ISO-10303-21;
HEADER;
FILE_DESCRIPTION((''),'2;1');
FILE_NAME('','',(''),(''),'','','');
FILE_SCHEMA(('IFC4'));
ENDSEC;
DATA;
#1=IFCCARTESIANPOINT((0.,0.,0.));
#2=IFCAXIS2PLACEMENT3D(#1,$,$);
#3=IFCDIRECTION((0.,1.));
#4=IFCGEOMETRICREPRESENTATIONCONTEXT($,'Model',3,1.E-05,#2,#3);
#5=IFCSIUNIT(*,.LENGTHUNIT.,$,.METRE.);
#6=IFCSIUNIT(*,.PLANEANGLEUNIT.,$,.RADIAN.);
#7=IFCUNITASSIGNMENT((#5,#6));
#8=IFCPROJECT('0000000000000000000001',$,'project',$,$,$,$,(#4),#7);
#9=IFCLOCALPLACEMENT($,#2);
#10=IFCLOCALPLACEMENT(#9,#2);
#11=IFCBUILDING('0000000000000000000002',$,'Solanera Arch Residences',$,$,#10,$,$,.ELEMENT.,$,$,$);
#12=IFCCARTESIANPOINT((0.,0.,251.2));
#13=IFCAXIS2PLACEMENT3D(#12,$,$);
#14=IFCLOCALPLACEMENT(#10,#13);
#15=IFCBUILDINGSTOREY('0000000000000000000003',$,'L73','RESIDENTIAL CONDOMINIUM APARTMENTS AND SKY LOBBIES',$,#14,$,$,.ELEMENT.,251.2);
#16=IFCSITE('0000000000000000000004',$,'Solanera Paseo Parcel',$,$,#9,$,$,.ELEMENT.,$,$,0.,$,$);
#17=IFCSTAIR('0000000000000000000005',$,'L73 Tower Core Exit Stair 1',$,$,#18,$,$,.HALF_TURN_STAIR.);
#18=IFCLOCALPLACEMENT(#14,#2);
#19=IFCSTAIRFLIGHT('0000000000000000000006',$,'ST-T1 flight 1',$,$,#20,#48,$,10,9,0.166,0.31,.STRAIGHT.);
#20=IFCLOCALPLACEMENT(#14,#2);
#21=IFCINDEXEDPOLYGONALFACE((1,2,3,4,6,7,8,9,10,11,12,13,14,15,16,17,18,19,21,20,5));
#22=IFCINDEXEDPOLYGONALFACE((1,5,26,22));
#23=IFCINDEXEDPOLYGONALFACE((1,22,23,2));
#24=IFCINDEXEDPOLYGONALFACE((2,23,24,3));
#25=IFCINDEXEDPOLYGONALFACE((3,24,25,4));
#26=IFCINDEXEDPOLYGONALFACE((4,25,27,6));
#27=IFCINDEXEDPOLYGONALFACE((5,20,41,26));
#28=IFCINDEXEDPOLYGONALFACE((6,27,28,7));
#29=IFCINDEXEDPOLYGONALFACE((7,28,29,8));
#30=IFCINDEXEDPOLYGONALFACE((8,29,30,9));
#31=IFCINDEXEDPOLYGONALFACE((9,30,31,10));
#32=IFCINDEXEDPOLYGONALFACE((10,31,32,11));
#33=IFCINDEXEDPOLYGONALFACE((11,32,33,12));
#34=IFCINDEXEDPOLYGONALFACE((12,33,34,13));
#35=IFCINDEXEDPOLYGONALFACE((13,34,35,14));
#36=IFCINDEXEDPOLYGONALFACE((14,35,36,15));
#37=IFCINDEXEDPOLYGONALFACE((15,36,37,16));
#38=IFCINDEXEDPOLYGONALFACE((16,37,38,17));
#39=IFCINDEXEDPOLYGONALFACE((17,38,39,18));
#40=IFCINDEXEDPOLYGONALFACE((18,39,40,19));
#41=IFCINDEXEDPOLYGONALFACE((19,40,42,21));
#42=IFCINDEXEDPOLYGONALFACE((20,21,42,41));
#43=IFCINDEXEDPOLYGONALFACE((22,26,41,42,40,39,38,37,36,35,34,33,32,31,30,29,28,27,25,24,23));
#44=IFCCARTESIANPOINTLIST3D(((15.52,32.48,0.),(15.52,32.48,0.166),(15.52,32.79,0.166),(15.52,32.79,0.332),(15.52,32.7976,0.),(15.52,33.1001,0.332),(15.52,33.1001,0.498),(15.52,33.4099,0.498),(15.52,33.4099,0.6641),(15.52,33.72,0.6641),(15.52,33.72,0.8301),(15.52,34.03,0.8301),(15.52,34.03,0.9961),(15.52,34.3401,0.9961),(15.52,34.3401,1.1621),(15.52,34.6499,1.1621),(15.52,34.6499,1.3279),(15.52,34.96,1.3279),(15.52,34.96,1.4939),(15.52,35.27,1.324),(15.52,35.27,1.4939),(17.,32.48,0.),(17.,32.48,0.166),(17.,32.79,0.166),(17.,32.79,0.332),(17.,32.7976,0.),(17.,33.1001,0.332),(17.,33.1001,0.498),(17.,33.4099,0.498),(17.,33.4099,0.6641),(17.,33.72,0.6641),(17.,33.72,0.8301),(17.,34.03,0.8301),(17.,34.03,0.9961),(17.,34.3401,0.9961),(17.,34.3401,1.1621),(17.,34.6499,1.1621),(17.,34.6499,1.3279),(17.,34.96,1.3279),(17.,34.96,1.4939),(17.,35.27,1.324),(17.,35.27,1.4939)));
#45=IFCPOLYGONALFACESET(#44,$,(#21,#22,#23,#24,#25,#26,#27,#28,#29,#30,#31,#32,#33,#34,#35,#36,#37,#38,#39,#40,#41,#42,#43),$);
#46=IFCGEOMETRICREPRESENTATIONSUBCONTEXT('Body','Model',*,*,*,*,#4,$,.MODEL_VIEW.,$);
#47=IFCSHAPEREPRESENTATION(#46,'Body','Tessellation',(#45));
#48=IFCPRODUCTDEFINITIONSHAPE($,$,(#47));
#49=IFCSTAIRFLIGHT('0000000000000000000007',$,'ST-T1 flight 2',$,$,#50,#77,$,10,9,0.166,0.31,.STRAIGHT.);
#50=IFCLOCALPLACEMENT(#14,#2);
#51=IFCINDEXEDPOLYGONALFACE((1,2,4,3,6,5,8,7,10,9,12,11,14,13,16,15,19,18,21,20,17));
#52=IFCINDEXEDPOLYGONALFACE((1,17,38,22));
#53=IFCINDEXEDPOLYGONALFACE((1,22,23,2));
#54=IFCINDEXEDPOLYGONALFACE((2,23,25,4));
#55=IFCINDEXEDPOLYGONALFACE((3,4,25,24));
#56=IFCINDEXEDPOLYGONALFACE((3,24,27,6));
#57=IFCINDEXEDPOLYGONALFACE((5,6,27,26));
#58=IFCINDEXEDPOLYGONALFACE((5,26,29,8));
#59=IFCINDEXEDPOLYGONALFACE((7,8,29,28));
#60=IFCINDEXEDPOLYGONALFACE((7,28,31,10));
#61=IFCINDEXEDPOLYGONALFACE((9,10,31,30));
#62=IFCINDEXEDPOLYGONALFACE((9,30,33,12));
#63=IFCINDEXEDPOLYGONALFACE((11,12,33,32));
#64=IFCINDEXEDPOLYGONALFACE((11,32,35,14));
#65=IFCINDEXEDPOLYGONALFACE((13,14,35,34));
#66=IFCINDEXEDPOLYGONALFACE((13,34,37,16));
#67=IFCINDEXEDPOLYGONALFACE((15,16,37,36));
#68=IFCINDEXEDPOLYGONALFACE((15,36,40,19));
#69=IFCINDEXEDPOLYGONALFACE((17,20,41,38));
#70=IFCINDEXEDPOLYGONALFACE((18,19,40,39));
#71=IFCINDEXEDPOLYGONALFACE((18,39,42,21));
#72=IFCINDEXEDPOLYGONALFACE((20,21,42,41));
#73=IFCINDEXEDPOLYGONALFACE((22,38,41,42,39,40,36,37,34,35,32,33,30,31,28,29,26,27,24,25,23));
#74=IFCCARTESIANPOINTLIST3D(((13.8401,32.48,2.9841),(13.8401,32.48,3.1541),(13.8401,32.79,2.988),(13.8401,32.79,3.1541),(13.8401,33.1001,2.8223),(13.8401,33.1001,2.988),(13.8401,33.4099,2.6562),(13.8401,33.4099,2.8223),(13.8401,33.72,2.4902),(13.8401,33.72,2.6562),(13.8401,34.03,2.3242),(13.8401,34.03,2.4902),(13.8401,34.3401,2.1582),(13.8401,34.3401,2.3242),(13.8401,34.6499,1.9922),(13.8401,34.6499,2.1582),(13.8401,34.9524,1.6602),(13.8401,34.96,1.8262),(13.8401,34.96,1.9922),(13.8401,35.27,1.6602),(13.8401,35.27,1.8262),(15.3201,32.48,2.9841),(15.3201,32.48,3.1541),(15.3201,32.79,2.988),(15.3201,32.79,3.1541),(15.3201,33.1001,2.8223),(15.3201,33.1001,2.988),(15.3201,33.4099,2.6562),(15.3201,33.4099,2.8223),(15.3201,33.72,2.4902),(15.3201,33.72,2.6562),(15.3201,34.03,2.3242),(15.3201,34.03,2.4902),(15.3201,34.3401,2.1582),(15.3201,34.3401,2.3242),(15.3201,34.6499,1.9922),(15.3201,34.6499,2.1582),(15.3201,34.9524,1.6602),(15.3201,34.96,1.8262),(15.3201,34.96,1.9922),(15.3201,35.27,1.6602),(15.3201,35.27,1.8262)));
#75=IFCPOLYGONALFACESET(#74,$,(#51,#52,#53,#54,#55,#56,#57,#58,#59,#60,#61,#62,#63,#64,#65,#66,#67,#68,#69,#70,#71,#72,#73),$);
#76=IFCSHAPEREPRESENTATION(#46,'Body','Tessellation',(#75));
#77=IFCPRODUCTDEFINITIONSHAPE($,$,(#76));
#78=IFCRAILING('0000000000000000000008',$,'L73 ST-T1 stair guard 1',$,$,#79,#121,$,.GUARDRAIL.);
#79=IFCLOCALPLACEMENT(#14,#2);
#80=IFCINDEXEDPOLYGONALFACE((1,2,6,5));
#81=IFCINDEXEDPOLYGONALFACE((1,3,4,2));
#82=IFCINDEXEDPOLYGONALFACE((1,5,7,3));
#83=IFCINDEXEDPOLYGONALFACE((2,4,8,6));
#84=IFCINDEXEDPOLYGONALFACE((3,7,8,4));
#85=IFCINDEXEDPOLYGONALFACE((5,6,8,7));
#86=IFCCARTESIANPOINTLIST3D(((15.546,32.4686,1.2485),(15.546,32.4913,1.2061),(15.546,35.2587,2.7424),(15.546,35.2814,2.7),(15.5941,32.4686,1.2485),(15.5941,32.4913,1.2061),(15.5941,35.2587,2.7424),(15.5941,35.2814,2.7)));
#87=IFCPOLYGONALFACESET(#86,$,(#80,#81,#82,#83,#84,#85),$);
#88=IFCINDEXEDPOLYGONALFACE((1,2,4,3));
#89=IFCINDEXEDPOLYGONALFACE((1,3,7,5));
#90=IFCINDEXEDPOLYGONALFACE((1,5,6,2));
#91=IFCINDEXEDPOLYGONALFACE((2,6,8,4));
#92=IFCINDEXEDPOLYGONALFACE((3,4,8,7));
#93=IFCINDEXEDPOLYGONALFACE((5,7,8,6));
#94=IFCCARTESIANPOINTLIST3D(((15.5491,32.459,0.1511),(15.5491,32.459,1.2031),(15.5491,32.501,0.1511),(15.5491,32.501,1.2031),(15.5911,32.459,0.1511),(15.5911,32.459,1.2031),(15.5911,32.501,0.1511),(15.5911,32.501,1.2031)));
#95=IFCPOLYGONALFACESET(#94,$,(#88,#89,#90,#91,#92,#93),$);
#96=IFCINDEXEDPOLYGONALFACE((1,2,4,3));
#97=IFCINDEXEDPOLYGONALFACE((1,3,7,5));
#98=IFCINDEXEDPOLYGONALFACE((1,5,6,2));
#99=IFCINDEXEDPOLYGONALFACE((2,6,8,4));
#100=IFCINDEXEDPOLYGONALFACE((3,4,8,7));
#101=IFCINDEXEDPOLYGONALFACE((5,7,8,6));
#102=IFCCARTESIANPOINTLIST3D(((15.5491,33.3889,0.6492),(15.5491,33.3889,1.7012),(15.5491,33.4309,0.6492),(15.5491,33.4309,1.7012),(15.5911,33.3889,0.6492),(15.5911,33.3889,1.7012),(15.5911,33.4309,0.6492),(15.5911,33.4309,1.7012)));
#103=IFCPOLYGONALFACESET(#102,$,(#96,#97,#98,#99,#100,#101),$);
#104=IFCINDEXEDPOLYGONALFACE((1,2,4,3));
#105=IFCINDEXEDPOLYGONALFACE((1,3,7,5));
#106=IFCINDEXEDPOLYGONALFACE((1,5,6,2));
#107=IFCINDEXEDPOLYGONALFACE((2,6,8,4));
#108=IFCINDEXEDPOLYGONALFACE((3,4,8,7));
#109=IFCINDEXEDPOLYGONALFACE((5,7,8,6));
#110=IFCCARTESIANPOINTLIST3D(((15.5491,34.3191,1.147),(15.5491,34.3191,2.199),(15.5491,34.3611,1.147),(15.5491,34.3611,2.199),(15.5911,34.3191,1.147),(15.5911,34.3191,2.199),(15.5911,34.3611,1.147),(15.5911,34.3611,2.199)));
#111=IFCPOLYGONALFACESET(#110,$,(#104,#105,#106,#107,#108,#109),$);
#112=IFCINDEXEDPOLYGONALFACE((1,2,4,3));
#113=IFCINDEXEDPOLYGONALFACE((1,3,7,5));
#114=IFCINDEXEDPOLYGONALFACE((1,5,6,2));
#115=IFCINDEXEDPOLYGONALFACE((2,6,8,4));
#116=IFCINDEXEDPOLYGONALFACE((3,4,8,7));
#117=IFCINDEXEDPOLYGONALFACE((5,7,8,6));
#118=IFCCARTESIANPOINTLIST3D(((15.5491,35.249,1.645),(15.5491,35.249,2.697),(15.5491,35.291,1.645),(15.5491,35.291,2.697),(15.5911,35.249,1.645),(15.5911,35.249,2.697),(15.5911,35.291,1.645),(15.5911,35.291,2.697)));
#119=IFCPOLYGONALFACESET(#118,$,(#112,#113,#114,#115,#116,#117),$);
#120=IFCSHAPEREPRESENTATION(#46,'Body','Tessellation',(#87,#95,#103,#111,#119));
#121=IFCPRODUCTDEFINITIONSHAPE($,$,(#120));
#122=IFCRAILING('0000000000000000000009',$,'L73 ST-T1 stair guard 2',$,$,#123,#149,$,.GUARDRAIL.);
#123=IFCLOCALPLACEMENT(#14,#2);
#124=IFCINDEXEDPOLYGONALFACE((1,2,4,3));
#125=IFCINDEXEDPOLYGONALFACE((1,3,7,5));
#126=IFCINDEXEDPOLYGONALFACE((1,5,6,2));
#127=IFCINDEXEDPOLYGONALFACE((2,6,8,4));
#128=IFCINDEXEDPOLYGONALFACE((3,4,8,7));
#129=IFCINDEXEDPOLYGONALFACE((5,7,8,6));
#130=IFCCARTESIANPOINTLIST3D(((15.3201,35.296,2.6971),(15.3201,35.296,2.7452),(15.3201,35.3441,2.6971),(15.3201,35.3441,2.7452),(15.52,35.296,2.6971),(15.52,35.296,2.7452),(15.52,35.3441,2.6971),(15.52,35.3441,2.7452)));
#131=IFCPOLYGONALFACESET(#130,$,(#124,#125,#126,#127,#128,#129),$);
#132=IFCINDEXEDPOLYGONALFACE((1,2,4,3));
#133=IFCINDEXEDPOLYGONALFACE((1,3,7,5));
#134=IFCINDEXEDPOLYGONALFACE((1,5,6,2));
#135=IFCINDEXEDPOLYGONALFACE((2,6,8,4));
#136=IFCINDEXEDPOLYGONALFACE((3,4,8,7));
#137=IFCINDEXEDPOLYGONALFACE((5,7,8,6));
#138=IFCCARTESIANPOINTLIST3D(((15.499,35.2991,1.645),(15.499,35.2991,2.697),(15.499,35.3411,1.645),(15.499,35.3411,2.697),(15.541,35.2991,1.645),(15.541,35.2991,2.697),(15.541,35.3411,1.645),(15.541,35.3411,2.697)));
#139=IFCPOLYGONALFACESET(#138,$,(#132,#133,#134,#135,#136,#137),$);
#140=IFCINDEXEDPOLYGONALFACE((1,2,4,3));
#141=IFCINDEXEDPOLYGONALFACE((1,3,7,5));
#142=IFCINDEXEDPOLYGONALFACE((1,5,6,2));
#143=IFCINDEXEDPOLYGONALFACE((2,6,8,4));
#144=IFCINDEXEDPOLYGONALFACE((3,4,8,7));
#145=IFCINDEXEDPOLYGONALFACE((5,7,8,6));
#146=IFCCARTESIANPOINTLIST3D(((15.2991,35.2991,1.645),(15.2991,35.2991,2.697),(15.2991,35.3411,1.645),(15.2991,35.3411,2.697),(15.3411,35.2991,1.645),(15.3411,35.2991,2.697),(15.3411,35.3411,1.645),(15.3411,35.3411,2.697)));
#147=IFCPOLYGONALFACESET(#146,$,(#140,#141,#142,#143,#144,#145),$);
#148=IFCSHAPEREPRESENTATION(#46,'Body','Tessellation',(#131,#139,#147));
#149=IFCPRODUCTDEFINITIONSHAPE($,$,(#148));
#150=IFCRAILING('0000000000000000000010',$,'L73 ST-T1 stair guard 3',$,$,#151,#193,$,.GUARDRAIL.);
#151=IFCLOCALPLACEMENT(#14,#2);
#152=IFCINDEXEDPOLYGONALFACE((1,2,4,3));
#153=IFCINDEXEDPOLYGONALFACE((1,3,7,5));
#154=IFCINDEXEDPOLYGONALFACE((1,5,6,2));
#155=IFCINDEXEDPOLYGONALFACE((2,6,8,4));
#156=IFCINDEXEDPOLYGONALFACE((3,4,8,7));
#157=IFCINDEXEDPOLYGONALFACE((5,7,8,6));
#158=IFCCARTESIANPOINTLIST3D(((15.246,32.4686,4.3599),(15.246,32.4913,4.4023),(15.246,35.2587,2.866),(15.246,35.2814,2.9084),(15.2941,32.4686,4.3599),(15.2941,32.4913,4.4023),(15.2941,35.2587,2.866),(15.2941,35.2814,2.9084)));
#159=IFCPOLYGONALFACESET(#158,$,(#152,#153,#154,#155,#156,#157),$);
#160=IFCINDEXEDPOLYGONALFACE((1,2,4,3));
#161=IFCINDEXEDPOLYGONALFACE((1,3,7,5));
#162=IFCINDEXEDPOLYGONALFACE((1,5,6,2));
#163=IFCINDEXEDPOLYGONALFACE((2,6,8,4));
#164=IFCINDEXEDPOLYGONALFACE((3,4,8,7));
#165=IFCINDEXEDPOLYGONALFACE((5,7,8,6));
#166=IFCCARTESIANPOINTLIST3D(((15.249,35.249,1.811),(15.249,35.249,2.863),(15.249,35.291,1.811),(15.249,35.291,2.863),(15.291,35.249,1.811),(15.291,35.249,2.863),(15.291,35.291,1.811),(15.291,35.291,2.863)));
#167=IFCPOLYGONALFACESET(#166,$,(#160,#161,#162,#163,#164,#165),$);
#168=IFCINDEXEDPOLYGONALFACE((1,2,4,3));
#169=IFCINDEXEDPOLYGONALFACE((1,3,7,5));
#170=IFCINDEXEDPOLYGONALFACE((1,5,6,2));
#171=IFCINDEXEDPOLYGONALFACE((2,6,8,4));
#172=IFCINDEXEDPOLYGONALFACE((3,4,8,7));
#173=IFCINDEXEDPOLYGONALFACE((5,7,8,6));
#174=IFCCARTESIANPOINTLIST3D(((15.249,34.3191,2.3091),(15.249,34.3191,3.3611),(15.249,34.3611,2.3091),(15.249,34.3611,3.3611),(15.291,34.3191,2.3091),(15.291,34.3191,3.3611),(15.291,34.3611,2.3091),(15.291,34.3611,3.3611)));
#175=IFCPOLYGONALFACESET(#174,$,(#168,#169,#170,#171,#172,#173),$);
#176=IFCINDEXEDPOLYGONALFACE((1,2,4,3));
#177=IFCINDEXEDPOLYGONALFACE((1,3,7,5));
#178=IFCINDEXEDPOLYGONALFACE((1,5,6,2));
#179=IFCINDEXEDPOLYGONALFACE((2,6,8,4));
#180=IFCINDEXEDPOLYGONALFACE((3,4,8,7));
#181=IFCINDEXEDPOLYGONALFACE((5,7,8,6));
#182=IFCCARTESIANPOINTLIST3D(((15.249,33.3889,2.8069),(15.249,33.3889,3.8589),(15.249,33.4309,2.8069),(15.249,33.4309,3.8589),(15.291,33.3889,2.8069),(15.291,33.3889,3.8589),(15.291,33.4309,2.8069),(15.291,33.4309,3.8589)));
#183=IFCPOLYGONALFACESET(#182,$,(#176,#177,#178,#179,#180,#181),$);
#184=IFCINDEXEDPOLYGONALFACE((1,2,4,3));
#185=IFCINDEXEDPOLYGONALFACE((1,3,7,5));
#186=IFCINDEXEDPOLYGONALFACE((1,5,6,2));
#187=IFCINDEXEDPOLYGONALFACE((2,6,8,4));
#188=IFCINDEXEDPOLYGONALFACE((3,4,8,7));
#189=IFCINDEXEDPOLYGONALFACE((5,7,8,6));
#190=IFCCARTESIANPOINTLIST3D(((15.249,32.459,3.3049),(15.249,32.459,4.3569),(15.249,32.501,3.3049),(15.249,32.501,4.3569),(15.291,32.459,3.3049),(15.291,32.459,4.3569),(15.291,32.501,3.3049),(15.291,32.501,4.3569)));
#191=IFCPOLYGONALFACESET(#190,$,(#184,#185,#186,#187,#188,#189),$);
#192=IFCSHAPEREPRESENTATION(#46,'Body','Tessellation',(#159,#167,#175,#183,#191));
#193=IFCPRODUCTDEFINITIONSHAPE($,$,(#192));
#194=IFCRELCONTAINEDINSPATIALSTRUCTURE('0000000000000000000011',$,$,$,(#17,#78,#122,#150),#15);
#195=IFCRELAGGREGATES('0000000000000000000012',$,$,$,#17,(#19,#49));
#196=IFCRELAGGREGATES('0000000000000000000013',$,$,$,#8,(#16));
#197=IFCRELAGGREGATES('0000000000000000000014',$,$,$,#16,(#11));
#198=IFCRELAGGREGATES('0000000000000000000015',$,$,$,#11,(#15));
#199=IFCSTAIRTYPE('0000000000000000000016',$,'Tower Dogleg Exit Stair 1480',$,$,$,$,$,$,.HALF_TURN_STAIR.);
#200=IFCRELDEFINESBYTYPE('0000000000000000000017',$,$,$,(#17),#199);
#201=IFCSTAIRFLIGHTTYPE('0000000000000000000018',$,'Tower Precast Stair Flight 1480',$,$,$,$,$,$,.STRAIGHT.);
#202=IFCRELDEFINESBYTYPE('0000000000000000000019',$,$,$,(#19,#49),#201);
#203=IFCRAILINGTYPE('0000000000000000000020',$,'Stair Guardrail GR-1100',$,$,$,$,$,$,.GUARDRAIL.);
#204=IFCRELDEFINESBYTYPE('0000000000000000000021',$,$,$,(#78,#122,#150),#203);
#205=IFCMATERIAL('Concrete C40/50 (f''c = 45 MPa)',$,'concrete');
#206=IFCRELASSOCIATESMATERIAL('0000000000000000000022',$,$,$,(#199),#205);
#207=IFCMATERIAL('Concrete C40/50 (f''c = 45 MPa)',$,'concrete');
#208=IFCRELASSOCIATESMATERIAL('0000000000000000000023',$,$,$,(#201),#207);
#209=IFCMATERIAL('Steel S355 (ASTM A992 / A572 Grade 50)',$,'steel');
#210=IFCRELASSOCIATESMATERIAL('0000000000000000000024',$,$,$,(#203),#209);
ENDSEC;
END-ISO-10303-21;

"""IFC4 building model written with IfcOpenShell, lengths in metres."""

from ifc_helpers import new_model, si_unit, direction, frame, origin, origin_2d, place, context, subcontext, project, spatial, polyline, rectangle, outline, extrude, material, type_object, element, aggregate, save


model = new_model("IFC4")

# Units and contexts
model_context = context("Model", 3, precision=1e-05, world=origin(), true_north=direction((0.0, 1.0)))
body_context = subcontext(model_context, "Body", "Model", "MODEL_VIEW")
ifc_project = project(units=[si_unit("LENGTHUNIT", "METRE"), si_unit("PLANEANGLEUNIT", "RADIAN")], contexts=[model_context])

# Site, building, storey
site_placement = place(None, origin())
site = spatial("IfcSite", under=ifc_project, at=site_placement, Name="Solanera Paseo Parcel", CompositionType="ELEMENT", RefElevation=0.0)
building_placement = place(site_placement, origin())
building = spatial("IfcBuilding", under=site, at=building_placement, Name="Solanera Arch Residences", CompositionType="ELEMENT")
storey_placement = place(building_placement, frame((0.0, 0.0, 251.2)))
storey = spatial("IfcBuildingStorey", under=building, at=storey_placement, Name="L73", Description="RESIDENTIAL CONDOMINIUM APARTMENTS AND SKY LOBBIES", CompositionType="ELEMENT", Elevation=251.2)

# Stair, stair flights
ifc_material_1 = material(Name="Concrete C40/50 (f'c = 45 MPa)", Category="concrete")
stair_type = type_object("IfcStairType", Name="Tower Dogleg Exit Stair 1480", PredefinedType="HALF_TURN_STAIR", material=ifc_material_1)
stair_placement = place(storey_placement, origin())
stair = element("IfcStair", 1, at=stair_placement, inside=storey, type_object=stair_type, Name="L73 Tower Core Exit Stair 1", PredefinedType="HALF_TURN_STAIR")
ifc_material_2 = material(Name="Concrete C40/50 (f'c = 45 MPa)", Category="concrete")
stair_flight_type = type_object("IfcStairFlightType", Name="Tower Precast Stair Flight 1480", PredefinedType="STRAIGHT", material=ifc_material_2)
stair_flight_1_placement = place(storey_placement, frame((16.26, 32.48, 0.0), z_axis=(0.0, 0.0, 1.0), x_axis=(0.0, 1.0, 0.0)))
stair_flight_1 = element("IfcStairFlight", 2, at=stair_flight_1_placement, type_object=stair_flight_type, Name="ST-T1 flight 1", NumberOfRisers=10, NumberOfTreads=9, PredefinedType="STRAIGHT", RiserHeight=0.166, TreadLength=0.31, context=body_context, shape_type="SweptSolid", body=[
    extrude(outline(polyline([(0.0, 0.0), (0.0, 0.166), (0.3101, 0.166), (0.3101, 0.332), (0.6201, 0.332), (0.6201, 0.498), (0.9299, 0.498), (0.9299, 0.6641), (1.24, 0.6641), (1.24, 0.8301), (1.55, 0.8301), (1.55, 0.9961), (1.8601, 0.9961), (1.8601, 1.1621), (2.1699, 1.1621), (2.1699, 1.3279), (2.48, 1.3279), (2.48, 1.4939), (2.79, 1.4939), (2.79, 1.6599), (2.79, 1.324), (0.3176, 0.0), (0.0, 0.0)])), frame((0.0, 0.74, 0.0), z_axis=(0.0, -1.0, 0.0), x_axis=(1.0, 0.0, 0.0)), (0.0, 0.0, 1.0), 1.48),
])
stair_flight_2_placement = place(storey_placement, frame((14.5801, 35.27, 1.6602), z_axis=(0.0, 0.0, 1.0), x_axis=(0.0, -1.0, 0.0)))
stair_flight_2 = element("IfcStairFlight", 3, at=stair_flight_2_placement, type_object=stair_flight_type, Name="ST-T1 flight 2", NumberOfRisers=10, NumberOfTreads=9, PredefinedType="STRAIGHT", RiserHeight=0.166, TreadLength=0.31, context=body_context, shape_type="SweptSolid", body=[
    extrude(outline(polyline([(0.0, 0.0), (0.0, 0.166), (0.3101, 0.166), (0.3101, 0.332), (0.6201, 0.332), (0.6201, 0.498), (0.9299, 0.498), (0.9299, 0.6641), (1.24, 0.6641), (1.24, 0.8301), (1.55, 0.8301), (1.55, 0.9961), (1.8601, 0.9961), (1.8601, 1.1621), (2.1699, 1.1621), (2.1699, 1.3279), (2.48, 1.3279), (2.48, 1.4939), (2.79, 1.4939), (2.79, 1.6599), (2.79, 1.324), (0.3176, 0.0), (0.0, 0.0)])), frame((0.0, 0.74, 0.0), z_axis=(0.0, -1.0, 0.0), x_axis=(1.0, 0.0, 0.0)), (0.0, 0.0, 1.0), 1.48),
])
aggregate(stair, [stair_flight_1, stair_flight_2])

# Railings
ifc_material_3 = material(Name="Steel S355 (ASTM A992 / A572 Grade 50)", Category="steel")
railing_type_1 = type_object("IfcRailingType", Name="Stair Guardrail GR-1100", PredefinedType="GUARDRAIL", material=ifc_material_3)
railing_1_placement = place(storey_placement, frame((15.5701, 32.48, 0.1511)))
element("IfcRailing", 4, at=railing_1_placement, inside=storey, type_object=railing_type_1, Name="L73 ST-T1 stair guard 1", PredefinedType="GUARDRAIL", context=body_context, shape_type="SweptSolid", body=[
    extrude(rectangle(XDim=0.0481, YDim=0.0481, at=origin_2d()), frame((0.0, 0.0, 1.0762), z_axis=(0.0, 0.881581, 0.472033), x_axis=(-1.0, 0.0, 0.0)), (0.0, 0.0, 1.0), 3.1648),
    extrude(rectangle(XDim=0.042, YDim=0.042, at=origin_2d()), origin(), (0.0, 0.0, 1.0), 1.052),
    extrude(rectangle(XDim=0.042, YDim=0.042, at=origin_2d()), frame((0.0, 0.9299, 0.498)), (0.0, 0.0, 1.0), 1.052),
    extrude(rectangle(XDim=0.042, YDim=0.042, at=origin_2d()), frame((0.0, 1.8601, 0.9958)), (0.0, 0.0, 1.0), 1.052),
    extrude(rectangle(XDim=0.042, YDim=0.042, at=origin_2d()), frame((0.0, 2.79, 1.4939)), (0.0, 0.0, 1.0), 1.052),
])
railing_2_placement = place(storey_placement, frame((15.52, 35.3201, 1.645)))
element("IfcRailing", 5, at=railing_2_placement, inside=storey, type_object=railing_type_1, Name="L73 ST-T1 stair guard 2", PredefinedType="GUARDRAIL", context=body_context, shape_type="SweptSolid", body=[
    extrude(rectangle(XDim=0.0481, YDim=0.0481, at=origin_2d()), frame((0.0, 0.0, 1.0762), z_axis=(-1.0, 0.0, 0.0), x_axis=(0.0, -1.0, 0.0)), (0.0, 0.0, 1.0), 0.2),
    extrude(rectangle(XDim=0.042, YDim=0.042, at=origin_2d()), origin(), (0.0, 0.0, 1.0), 1.052),
    extrude(rectangle(XDim=0.042, YDim=0.042, at=origin_2d()), frame((-0.2, 0.0, 0.0)), (0.0, 0.0, 1.0), 1.052),
])
railing_3_placement = place(storey_placement, frame((15.27, 35.27, 1.811)))
element("IfcRailing", 6, at=railing_3_placement, inside=storey, type_object=railing_type_1, Name="L73 ST-T1 stair guard 3", PredefinedType="GUARDRAIL", context=body_context, shape_type="SweptSolid", body=[
    extrude(rectangle(XDim=0.0481, YDim=0.0481, at=origin_2d()), frame((0.0, 0.0, 1.0762), z_axis=(0.0, -0.881581, 0.472033), x_axis=(1.0, 0.0, 0.0)), (0.0, 0.0, 1.0), 3.1648),
    extrude(rectangle(XDim=0.042, YDim=0.042, at=origin_2d()), origin(), (0.0, 0.0, 1.0), 1.052),
    extrude(rectangle(XDim=0.042, YDim=0.042, at=origin_2d()), frame((0.0, -0.9299, 0.498)), (0.0, 0.0, 1.0), 1.052),
    extrude(rectangle(XDim=0.042, YDim=0.042, at=origin_2d()), frame((0.0, -1.8601, 0.9958)), (0.0, 0.0, 1.0), 1.052),
    extrude(rectangle(XDim=0.042, YDim=0.042, at=origin_2d()), frame((0.0, -2.79, 1.4939)), (0.0, 0.0, 1.0), 1.052),
])

save(model, "model.ifc")
